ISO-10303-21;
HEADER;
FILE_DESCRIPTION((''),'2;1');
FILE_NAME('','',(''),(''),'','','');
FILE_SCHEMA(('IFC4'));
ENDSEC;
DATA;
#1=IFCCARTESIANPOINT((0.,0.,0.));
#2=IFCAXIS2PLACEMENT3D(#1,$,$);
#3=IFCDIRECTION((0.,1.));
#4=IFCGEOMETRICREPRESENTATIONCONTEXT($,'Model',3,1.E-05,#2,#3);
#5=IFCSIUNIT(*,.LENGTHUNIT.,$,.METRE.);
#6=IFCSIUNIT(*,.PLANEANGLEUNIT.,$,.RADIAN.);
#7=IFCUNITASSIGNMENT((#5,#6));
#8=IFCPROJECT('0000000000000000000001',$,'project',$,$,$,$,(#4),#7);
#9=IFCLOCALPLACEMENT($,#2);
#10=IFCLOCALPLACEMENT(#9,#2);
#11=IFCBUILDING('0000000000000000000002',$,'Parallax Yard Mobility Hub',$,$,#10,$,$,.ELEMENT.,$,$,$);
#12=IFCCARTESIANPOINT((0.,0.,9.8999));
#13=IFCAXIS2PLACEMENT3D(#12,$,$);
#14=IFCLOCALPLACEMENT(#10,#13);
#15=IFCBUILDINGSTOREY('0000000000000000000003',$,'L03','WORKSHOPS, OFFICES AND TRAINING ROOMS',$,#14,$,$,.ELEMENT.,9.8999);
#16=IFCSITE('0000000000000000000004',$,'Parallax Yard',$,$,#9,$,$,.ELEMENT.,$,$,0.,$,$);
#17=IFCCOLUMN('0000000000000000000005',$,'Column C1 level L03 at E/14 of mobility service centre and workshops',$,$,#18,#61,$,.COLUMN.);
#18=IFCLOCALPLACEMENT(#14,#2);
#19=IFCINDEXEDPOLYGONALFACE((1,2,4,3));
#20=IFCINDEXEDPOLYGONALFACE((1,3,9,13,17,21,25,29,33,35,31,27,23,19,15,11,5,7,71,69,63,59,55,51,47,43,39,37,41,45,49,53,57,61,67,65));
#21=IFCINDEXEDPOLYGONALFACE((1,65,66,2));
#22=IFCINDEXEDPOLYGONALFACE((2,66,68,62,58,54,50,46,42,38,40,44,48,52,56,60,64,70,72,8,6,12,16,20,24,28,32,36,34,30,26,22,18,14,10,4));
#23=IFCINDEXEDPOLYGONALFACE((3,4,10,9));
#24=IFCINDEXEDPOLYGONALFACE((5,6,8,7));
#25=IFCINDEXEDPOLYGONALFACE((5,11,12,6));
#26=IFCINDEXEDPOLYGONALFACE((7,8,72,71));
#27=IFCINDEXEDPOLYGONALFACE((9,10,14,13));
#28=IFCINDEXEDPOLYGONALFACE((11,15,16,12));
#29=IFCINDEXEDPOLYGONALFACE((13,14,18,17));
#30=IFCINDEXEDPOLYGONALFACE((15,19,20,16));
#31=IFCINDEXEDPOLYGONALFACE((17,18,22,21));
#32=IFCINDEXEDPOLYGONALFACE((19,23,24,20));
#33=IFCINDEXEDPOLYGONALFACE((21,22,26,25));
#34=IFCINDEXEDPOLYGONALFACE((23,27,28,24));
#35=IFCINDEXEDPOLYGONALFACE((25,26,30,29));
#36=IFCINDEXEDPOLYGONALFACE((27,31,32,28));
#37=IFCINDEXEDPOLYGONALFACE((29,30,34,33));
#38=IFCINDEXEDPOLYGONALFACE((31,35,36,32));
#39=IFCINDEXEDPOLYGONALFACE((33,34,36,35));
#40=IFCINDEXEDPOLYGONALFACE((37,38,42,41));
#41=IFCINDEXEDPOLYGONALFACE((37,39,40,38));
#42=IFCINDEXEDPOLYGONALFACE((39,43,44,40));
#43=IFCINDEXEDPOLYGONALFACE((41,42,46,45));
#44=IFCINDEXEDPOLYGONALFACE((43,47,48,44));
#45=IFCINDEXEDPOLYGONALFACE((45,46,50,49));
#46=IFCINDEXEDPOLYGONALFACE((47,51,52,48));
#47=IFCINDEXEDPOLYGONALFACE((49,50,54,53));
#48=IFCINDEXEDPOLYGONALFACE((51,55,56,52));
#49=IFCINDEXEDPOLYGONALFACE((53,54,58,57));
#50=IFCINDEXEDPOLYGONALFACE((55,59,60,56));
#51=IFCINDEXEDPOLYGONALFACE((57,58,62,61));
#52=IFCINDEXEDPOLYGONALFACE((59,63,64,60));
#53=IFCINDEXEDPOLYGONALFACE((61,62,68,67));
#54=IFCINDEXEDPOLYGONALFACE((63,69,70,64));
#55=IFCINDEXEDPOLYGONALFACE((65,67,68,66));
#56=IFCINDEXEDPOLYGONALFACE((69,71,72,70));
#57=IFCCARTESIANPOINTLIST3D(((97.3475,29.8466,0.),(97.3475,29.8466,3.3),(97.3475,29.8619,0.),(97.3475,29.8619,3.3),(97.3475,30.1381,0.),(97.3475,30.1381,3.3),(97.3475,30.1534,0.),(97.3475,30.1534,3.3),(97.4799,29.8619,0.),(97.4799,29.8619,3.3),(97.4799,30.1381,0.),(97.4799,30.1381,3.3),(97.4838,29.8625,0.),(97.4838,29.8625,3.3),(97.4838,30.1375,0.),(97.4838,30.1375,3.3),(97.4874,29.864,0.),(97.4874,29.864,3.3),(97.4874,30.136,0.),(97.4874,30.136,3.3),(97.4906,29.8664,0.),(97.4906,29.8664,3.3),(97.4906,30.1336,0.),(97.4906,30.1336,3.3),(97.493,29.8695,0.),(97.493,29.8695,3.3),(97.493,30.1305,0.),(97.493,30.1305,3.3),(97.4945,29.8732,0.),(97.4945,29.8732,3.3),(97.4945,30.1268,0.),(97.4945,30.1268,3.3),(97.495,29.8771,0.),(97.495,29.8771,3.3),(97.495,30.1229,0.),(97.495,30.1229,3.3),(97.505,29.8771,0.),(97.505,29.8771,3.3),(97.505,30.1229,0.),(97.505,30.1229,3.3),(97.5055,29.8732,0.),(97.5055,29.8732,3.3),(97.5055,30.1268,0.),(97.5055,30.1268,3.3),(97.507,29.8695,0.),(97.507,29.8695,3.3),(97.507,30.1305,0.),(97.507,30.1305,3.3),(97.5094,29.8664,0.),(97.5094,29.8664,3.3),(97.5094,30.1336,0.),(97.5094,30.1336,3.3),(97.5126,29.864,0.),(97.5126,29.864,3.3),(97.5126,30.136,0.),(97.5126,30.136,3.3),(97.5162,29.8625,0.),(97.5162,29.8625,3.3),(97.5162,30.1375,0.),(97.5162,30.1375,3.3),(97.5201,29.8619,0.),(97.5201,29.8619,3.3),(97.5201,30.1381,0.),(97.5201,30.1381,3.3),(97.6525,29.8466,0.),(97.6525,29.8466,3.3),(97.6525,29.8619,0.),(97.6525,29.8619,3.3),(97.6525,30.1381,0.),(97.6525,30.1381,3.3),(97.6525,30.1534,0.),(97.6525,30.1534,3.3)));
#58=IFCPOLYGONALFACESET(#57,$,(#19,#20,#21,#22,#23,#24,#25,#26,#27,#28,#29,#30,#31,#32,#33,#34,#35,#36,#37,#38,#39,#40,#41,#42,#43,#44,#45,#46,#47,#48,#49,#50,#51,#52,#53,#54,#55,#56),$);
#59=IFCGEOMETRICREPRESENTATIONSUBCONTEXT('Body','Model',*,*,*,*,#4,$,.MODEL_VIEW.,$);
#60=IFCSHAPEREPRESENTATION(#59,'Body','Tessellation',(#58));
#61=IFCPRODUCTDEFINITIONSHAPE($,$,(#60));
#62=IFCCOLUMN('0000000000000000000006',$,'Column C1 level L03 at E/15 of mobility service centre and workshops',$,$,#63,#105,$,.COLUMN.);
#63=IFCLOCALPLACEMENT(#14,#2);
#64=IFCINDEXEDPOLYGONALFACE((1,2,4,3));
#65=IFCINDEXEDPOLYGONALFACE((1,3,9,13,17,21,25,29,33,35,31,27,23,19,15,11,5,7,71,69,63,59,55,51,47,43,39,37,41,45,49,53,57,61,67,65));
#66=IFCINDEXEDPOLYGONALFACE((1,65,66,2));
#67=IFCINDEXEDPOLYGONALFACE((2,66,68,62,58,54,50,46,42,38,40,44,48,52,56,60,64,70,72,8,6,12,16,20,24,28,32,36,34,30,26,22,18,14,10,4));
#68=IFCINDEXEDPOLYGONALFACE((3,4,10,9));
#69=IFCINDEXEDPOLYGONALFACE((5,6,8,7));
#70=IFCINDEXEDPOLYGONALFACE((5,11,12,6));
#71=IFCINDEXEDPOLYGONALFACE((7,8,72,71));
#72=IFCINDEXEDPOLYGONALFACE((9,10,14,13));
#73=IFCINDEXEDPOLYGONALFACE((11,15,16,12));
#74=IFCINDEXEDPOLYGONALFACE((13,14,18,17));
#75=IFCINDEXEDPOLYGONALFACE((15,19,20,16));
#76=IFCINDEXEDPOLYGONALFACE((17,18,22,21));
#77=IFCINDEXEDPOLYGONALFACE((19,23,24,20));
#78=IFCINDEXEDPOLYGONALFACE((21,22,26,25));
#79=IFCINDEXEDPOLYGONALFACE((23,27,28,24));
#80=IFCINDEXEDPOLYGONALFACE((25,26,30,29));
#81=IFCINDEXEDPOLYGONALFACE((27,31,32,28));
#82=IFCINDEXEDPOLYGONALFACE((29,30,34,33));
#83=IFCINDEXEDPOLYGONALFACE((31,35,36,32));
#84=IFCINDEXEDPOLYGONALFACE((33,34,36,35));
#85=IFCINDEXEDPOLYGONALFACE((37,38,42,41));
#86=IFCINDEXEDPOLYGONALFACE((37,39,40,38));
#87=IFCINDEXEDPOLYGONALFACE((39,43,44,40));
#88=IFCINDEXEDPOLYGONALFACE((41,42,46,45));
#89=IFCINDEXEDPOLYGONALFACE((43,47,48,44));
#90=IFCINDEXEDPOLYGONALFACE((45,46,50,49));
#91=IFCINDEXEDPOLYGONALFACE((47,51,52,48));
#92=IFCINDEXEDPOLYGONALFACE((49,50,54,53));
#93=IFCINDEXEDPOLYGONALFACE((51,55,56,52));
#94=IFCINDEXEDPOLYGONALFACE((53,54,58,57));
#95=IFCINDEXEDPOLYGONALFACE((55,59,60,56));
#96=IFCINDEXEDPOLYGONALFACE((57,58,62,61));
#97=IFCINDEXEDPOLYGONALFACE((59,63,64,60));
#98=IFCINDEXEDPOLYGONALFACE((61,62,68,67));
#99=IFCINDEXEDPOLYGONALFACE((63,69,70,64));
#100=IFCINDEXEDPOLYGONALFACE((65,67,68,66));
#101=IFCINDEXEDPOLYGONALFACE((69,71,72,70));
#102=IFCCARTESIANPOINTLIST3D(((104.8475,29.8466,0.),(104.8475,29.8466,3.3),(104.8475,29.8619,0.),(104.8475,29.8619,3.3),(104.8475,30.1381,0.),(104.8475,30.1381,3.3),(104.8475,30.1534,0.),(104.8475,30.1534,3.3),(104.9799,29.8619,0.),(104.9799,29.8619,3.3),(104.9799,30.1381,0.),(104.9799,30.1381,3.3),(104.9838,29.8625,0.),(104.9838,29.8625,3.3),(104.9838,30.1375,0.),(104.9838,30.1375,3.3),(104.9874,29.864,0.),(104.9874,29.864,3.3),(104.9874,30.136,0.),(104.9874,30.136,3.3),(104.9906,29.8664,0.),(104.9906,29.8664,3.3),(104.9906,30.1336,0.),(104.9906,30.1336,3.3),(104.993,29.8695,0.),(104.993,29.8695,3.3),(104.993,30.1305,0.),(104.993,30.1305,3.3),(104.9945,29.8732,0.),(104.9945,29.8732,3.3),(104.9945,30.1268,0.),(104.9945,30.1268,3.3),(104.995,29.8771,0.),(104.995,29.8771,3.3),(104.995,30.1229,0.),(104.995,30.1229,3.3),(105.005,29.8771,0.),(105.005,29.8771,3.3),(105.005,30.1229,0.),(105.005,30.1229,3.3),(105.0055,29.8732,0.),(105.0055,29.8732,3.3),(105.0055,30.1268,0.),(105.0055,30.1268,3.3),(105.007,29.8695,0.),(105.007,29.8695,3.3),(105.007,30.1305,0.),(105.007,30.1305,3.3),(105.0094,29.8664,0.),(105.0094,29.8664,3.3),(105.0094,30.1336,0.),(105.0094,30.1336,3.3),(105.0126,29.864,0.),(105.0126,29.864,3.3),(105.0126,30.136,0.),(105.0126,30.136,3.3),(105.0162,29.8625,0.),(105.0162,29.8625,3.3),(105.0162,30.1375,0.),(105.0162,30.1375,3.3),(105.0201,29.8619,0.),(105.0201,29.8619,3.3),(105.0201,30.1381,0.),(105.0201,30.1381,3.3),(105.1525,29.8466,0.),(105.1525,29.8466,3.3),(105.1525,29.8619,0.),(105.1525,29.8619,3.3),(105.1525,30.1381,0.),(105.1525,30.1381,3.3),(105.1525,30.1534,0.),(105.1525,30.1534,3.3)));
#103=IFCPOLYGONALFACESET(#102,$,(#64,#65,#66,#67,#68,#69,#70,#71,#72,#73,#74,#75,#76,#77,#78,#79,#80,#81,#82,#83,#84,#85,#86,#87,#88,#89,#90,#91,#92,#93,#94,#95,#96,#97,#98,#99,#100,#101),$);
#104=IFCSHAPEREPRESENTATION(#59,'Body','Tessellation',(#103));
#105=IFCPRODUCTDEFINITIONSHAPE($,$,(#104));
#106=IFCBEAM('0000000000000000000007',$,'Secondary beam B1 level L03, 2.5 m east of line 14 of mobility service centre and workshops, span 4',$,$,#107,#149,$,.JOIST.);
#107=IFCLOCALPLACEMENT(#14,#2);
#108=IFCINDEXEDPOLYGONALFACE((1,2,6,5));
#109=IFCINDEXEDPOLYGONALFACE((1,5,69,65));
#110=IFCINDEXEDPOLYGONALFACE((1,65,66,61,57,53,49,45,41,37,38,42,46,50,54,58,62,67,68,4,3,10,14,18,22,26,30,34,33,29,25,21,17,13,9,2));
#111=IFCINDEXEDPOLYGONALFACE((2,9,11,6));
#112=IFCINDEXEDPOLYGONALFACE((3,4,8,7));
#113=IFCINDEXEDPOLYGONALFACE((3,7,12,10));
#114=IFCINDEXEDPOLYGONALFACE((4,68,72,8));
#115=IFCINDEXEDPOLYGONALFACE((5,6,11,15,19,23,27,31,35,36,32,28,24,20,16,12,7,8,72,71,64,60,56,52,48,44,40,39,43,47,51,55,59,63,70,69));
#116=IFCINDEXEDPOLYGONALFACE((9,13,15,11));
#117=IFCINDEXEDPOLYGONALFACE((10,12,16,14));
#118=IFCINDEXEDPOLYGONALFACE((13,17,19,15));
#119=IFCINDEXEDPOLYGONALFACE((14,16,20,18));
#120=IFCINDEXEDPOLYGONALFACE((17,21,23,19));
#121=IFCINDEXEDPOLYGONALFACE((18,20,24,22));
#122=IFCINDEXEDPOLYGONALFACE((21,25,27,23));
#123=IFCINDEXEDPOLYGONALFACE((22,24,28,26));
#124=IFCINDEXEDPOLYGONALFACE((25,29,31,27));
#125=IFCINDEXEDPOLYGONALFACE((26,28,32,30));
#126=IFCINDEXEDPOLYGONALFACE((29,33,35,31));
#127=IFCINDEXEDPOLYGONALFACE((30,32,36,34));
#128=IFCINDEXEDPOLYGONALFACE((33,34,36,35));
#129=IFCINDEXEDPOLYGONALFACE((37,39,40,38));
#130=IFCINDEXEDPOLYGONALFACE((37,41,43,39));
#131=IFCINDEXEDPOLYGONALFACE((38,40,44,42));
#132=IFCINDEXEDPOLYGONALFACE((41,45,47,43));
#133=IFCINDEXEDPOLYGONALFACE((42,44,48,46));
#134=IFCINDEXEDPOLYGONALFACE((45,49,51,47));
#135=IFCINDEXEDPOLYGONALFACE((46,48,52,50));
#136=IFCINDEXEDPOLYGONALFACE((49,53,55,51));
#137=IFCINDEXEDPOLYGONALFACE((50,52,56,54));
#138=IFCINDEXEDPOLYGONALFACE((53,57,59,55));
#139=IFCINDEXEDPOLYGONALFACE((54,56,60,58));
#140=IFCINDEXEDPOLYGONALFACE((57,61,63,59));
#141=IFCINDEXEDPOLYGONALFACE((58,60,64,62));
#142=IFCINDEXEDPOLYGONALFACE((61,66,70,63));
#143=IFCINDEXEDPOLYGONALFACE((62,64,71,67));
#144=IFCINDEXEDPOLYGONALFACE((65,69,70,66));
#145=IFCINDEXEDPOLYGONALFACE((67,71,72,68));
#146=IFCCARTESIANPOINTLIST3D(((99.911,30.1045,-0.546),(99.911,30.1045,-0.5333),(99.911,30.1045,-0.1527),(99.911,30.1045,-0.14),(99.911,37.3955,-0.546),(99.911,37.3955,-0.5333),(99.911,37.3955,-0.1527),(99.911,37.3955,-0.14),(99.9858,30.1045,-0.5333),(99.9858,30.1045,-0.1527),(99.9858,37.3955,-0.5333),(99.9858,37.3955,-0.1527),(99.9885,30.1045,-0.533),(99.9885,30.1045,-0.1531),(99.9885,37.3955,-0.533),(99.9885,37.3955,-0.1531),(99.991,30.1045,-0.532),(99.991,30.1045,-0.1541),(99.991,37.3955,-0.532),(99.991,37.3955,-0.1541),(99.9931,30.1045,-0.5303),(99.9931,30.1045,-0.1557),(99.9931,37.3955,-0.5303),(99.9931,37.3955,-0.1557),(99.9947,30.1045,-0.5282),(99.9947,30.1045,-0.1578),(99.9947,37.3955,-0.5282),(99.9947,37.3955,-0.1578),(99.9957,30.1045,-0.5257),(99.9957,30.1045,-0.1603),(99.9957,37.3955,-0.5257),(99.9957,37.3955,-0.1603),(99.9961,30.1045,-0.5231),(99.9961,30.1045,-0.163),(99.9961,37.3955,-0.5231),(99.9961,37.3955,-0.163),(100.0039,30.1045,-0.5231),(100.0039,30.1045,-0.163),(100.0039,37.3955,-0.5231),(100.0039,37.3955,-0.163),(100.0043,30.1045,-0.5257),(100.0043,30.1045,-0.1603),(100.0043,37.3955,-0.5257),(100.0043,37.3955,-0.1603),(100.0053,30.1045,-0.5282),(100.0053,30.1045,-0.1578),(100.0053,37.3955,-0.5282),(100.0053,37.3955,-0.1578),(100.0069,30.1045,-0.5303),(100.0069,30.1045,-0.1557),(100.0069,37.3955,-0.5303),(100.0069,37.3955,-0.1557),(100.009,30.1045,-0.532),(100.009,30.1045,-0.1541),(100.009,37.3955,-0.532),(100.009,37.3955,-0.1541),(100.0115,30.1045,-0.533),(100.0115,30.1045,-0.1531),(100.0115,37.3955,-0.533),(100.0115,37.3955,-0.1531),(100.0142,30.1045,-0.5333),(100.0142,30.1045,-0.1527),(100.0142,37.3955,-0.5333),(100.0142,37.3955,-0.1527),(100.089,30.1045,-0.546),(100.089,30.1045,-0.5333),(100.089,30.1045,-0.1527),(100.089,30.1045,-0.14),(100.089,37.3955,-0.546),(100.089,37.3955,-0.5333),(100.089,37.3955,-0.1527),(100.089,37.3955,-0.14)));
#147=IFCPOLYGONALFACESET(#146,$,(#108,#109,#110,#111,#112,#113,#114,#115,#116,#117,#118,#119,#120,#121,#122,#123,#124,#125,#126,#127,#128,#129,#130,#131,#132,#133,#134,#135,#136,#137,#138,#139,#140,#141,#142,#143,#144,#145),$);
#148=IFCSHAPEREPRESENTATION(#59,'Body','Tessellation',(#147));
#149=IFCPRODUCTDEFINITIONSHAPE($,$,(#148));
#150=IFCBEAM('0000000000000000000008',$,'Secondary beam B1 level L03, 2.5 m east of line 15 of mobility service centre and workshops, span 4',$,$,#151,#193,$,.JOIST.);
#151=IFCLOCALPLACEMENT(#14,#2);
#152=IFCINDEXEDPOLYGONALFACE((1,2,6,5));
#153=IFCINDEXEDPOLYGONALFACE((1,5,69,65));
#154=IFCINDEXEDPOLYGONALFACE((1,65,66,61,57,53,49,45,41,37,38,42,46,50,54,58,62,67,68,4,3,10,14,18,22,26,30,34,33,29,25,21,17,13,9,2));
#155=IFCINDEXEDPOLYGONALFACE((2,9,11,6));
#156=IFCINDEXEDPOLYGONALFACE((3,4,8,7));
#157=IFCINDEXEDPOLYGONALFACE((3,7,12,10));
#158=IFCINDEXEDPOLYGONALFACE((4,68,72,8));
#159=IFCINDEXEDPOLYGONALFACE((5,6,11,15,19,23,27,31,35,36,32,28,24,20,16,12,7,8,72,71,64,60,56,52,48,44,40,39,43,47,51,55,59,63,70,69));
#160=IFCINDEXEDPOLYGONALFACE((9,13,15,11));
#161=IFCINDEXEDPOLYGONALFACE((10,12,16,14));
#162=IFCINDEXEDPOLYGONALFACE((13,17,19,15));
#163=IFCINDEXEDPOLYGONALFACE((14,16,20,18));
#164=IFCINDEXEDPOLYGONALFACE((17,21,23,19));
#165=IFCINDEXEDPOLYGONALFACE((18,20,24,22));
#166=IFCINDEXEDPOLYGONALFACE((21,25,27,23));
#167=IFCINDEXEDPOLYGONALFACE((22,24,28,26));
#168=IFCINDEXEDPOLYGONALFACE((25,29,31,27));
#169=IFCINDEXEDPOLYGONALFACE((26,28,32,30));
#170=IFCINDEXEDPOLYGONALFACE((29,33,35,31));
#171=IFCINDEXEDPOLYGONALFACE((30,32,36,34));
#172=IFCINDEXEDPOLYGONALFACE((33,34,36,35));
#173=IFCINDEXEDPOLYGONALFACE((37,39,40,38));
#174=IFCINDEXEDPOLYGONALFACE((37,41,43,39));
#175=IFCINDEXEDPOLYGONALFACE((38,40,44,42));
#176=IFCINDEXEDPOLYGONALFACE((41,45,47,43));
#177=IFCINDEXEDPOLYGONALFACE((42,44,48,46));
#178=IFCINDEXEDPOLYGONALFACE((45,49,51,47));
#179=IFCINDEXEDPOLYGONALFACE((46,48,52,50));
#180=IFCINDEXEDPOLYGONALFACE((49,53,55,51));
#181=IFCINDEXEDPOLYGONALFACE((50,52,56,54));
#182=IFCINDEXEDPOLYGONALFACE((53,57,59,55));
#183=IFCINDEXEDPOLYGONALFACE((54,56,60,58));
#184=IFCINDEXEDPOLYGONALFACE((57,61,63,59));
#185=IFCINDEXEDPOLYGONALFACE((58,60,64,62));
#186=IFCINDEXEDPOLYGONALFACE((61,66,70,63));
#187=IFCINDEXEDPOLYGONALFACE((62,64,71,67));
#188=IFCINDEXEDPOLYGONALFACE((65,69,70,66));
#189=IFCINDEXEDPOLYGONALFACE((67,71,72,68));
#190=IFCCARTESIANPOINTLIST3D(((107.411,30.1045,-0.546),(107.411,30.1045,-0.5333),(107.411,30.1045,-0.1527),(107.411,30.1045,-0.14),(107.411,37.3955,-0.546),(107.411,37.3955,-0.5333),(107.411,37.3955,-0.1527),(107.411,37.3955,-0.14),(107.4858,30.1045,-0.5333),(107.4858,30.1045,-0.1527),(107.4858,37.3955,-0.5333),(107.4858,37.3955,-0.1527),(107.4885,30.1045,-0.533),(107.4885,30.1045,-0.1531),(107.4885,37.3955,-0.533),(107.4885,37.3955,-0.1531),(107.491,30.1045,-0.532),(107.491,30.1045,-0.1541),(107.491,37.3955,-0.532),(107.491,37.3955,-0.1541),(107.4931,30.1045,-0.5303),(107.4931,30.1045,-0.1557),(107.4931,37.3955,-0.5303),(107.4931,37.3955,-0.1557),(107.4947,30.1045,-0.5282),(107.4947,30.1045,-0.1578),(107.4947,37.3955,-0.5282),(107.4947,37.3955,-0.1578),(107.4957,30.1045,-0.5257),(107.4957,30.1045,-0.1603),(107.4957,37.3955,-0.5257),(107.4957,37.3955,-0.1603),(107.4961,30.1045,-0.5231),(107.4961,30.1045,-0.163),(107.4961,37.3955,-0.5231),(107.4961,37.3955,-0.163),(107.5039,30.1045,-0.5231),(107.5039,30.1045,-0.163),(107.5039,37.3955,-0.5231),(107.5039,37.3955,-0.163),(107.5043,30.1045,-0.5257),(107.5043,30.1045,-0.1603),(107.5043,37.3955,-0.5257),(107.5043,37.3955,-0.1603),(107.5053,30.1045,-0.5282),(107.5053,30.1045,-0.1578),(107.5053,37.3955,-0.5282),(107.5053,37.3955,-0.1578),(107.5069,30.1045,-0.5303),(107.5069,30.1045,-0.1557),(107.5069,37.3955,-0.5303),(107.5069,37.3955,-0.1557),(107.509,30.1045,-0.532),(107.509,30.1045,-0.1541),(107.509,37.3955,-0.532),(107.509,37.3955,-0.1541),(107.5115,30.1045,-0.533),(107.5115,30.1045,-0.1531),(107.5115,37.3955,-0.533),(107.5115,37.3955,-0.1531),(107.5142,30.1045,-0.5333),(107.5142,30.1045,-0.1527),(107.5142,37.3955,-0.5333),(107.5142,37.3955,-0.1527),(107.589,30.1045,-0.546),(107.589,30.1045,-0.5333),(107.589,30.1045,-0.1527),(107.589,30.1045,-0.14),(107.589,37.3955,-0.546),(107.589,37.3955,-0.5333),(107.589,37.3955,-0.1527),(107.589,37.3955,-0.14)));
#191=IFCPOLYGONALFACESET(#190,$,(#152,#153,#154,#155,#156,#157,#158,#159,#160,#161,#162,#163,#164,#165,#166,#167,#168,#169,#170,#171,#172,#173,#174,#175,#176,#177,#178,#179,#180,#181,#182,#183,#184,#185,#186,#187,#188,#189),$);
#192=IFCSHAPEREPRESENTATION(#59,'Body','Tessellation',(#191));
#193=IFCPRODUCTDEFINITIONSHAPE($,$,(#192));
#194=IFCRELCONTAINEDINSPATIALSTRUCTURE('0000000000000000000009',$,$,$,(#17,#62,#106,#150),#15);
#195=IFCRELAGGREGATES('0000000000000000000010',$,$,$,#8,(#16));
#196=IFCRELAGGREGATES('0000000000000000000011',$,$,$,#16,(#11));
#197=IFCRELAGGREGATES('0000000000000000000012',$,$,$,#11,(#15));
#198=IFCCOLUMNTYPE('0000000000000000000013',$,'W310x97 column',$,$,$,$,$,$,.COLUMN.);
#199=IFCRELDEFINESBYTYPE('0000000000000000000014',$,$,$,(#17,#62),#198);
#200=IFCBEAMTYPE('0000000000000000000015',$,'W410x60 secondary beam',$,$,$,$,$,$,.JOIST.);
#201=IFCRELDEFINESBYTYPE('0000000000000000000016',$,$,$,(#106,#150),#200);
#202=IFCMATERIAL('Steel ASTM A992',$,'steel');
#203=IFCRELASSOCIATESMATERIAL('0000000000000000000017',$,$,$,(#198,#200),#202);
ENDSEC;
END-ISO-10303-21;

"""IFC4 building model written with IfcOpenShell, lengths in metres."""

from ifc_helpers import new_model, si_unit, direction, frame, origin, origin_2d, place, context, subcontext, project, spatial, i_section, extrude, material, material_profile, profile_set, type_object, element, save


model = new_model("IFC4")

# Units and contexts
model_context = context("Model", 3, precision=1e-05, world=origin(), true_north=direction((0.0, 1.0)))
body_context = subcontext(model_context, "Body", "Model", "MODEL_VIEW")
ifc_project = project(units=[si_unit("LENGTHUNIT", "METRE"), si_unit("PLANEANGLEUNIT", "RADIAN")], contexts=[model_context])

# Site, building, storey
site_placement = place(None, origin())
site = spatial("IfcSite", under=ifc_project, at=site_placement, Name="Parallax Yard", CompositionType="ELEMENT", RefElevation=0.0)
building_placement = place(site_placement, origin())
building = spatial("IfcBuilding", under=site, at=building_placement, Name="Parallax Yard Mobility Hub", CompositionType="ELEMENT")
storey_placement = place(building_placement, frame((0.0, 0.0, 9.8999)))
storey = spatial("IfcBuildingStorey", under=building, at=storey_placement, Name="L03", Description="WORKSHOPS, OFFICES AND TRAINING ROOMS", CompositionType="ELEMENT", Elevation=9.8999)

# Columns
ifc_material_1 = material(Name="Steel ASTM A992", Category="steel")
ifc_material_profile_1 = material_profile(ifc_material_1, i_section(OverallWidth=0.3049, OverallDepth=0.3069, WebThickness=0.01, FlangeThickness=0.0154, FilletRadius=0.0151, at=origin_2d()), Name="W310x97")
ifc_profile_set_1 = profile_set([ifc_material_profile_1], Name="Steel ASTM A992")
column_type = type_object("IfcColumnType", Name="W310x97 column", PredefinedType="COLUMN", material=ifc_profile_set_1)
for number, where, z_axis, x_axis, name in (
    (1, (97.5, 30.0, 0.0), (0.0, 0.0, 1.0), (1.0, 0.0, 0.0), "Column C1 level L03 at E/14 of mobility service centre and workshops"),
    (2, (105.0, 30.0, 0.0), (0.0, 0.0, 1.0), (1.0, 0.0, 0.0), "Column C1 level L03 at E/15 of mobility service centre and workshops"),
):
    element("IfcColumn", number, at=place(storey_placement, frame(where, z_axis=z_axis, x_axis=x_axis)), inside=storey, type_object=column_type, Name=name, PredefinedType="COLUMN", context=body_context, shape_type="SweptSolid", body=[
        extrude(i_section(OverallWidth=0.3049, OverallDepth=0.3069, WebThickness=0.01, FlangeThickness=0.0154, FilletRadius=0.0151, at=origin_2d()), origin(), (0.0, 0.0, 1.0), 3.3),
    ])

# Beams
ifc_material_profile_2 = material_profile(ifc_material_1, i_section(OverallWidth=0.178, OverallDepth=0.406, WebThickness=0.0078, FlangeThickness=0.0127, FilletRadius=0.0103, at=origin_2d()), Name="W410x60")
ifc_profile_set_2 = profile_set([ifc_material_profile_2], Name="Steel ASTM A992")
beam_type_1 = type_object("IfcBeamType", Name="W410x60 secondary beam", PredefinedType="JOIST", material=ifc_profile_set_2)
for number, where, z_axis, x_axis, name in (
    (3, (100.0, 30.1045, -0.343), (0.0, 1.0, 0.0), (-1.0, 0.0, 0.0), "Secondary beam B1 level L03, 2.5 m east of line 14 of mobility service centre and workshops, span 4"),
    (4, (107.5, 30.1045, -0.343), (0.0, 1.0, 0.0), (-1.0, 0.0, 0.0), "Secondary beam B1 level L03, 2.5 m east of line 15 of mobility service centre and workshops, span 4"),
):
    element("IfcBeam", number, at=place(storey_placement, frame(where, z_axis=z_axis, x_axis=x_axis)), inside=storey, type_object=beam_type_1, Name=name, PredefinedType="JOIST", context=body_context, shape_type="SweptSolid", body=[
        extrude(i_section(OverallWidth=0.178, OverallDepth=0.406, WebThickness=0.0078, FlangeThickness=0.0127, FilletRadius=0.0103, at=origin_2d()), origin(), (0.0, 0.0, 1.0), 7.291),
    ])

save(model, "model.ifc")
